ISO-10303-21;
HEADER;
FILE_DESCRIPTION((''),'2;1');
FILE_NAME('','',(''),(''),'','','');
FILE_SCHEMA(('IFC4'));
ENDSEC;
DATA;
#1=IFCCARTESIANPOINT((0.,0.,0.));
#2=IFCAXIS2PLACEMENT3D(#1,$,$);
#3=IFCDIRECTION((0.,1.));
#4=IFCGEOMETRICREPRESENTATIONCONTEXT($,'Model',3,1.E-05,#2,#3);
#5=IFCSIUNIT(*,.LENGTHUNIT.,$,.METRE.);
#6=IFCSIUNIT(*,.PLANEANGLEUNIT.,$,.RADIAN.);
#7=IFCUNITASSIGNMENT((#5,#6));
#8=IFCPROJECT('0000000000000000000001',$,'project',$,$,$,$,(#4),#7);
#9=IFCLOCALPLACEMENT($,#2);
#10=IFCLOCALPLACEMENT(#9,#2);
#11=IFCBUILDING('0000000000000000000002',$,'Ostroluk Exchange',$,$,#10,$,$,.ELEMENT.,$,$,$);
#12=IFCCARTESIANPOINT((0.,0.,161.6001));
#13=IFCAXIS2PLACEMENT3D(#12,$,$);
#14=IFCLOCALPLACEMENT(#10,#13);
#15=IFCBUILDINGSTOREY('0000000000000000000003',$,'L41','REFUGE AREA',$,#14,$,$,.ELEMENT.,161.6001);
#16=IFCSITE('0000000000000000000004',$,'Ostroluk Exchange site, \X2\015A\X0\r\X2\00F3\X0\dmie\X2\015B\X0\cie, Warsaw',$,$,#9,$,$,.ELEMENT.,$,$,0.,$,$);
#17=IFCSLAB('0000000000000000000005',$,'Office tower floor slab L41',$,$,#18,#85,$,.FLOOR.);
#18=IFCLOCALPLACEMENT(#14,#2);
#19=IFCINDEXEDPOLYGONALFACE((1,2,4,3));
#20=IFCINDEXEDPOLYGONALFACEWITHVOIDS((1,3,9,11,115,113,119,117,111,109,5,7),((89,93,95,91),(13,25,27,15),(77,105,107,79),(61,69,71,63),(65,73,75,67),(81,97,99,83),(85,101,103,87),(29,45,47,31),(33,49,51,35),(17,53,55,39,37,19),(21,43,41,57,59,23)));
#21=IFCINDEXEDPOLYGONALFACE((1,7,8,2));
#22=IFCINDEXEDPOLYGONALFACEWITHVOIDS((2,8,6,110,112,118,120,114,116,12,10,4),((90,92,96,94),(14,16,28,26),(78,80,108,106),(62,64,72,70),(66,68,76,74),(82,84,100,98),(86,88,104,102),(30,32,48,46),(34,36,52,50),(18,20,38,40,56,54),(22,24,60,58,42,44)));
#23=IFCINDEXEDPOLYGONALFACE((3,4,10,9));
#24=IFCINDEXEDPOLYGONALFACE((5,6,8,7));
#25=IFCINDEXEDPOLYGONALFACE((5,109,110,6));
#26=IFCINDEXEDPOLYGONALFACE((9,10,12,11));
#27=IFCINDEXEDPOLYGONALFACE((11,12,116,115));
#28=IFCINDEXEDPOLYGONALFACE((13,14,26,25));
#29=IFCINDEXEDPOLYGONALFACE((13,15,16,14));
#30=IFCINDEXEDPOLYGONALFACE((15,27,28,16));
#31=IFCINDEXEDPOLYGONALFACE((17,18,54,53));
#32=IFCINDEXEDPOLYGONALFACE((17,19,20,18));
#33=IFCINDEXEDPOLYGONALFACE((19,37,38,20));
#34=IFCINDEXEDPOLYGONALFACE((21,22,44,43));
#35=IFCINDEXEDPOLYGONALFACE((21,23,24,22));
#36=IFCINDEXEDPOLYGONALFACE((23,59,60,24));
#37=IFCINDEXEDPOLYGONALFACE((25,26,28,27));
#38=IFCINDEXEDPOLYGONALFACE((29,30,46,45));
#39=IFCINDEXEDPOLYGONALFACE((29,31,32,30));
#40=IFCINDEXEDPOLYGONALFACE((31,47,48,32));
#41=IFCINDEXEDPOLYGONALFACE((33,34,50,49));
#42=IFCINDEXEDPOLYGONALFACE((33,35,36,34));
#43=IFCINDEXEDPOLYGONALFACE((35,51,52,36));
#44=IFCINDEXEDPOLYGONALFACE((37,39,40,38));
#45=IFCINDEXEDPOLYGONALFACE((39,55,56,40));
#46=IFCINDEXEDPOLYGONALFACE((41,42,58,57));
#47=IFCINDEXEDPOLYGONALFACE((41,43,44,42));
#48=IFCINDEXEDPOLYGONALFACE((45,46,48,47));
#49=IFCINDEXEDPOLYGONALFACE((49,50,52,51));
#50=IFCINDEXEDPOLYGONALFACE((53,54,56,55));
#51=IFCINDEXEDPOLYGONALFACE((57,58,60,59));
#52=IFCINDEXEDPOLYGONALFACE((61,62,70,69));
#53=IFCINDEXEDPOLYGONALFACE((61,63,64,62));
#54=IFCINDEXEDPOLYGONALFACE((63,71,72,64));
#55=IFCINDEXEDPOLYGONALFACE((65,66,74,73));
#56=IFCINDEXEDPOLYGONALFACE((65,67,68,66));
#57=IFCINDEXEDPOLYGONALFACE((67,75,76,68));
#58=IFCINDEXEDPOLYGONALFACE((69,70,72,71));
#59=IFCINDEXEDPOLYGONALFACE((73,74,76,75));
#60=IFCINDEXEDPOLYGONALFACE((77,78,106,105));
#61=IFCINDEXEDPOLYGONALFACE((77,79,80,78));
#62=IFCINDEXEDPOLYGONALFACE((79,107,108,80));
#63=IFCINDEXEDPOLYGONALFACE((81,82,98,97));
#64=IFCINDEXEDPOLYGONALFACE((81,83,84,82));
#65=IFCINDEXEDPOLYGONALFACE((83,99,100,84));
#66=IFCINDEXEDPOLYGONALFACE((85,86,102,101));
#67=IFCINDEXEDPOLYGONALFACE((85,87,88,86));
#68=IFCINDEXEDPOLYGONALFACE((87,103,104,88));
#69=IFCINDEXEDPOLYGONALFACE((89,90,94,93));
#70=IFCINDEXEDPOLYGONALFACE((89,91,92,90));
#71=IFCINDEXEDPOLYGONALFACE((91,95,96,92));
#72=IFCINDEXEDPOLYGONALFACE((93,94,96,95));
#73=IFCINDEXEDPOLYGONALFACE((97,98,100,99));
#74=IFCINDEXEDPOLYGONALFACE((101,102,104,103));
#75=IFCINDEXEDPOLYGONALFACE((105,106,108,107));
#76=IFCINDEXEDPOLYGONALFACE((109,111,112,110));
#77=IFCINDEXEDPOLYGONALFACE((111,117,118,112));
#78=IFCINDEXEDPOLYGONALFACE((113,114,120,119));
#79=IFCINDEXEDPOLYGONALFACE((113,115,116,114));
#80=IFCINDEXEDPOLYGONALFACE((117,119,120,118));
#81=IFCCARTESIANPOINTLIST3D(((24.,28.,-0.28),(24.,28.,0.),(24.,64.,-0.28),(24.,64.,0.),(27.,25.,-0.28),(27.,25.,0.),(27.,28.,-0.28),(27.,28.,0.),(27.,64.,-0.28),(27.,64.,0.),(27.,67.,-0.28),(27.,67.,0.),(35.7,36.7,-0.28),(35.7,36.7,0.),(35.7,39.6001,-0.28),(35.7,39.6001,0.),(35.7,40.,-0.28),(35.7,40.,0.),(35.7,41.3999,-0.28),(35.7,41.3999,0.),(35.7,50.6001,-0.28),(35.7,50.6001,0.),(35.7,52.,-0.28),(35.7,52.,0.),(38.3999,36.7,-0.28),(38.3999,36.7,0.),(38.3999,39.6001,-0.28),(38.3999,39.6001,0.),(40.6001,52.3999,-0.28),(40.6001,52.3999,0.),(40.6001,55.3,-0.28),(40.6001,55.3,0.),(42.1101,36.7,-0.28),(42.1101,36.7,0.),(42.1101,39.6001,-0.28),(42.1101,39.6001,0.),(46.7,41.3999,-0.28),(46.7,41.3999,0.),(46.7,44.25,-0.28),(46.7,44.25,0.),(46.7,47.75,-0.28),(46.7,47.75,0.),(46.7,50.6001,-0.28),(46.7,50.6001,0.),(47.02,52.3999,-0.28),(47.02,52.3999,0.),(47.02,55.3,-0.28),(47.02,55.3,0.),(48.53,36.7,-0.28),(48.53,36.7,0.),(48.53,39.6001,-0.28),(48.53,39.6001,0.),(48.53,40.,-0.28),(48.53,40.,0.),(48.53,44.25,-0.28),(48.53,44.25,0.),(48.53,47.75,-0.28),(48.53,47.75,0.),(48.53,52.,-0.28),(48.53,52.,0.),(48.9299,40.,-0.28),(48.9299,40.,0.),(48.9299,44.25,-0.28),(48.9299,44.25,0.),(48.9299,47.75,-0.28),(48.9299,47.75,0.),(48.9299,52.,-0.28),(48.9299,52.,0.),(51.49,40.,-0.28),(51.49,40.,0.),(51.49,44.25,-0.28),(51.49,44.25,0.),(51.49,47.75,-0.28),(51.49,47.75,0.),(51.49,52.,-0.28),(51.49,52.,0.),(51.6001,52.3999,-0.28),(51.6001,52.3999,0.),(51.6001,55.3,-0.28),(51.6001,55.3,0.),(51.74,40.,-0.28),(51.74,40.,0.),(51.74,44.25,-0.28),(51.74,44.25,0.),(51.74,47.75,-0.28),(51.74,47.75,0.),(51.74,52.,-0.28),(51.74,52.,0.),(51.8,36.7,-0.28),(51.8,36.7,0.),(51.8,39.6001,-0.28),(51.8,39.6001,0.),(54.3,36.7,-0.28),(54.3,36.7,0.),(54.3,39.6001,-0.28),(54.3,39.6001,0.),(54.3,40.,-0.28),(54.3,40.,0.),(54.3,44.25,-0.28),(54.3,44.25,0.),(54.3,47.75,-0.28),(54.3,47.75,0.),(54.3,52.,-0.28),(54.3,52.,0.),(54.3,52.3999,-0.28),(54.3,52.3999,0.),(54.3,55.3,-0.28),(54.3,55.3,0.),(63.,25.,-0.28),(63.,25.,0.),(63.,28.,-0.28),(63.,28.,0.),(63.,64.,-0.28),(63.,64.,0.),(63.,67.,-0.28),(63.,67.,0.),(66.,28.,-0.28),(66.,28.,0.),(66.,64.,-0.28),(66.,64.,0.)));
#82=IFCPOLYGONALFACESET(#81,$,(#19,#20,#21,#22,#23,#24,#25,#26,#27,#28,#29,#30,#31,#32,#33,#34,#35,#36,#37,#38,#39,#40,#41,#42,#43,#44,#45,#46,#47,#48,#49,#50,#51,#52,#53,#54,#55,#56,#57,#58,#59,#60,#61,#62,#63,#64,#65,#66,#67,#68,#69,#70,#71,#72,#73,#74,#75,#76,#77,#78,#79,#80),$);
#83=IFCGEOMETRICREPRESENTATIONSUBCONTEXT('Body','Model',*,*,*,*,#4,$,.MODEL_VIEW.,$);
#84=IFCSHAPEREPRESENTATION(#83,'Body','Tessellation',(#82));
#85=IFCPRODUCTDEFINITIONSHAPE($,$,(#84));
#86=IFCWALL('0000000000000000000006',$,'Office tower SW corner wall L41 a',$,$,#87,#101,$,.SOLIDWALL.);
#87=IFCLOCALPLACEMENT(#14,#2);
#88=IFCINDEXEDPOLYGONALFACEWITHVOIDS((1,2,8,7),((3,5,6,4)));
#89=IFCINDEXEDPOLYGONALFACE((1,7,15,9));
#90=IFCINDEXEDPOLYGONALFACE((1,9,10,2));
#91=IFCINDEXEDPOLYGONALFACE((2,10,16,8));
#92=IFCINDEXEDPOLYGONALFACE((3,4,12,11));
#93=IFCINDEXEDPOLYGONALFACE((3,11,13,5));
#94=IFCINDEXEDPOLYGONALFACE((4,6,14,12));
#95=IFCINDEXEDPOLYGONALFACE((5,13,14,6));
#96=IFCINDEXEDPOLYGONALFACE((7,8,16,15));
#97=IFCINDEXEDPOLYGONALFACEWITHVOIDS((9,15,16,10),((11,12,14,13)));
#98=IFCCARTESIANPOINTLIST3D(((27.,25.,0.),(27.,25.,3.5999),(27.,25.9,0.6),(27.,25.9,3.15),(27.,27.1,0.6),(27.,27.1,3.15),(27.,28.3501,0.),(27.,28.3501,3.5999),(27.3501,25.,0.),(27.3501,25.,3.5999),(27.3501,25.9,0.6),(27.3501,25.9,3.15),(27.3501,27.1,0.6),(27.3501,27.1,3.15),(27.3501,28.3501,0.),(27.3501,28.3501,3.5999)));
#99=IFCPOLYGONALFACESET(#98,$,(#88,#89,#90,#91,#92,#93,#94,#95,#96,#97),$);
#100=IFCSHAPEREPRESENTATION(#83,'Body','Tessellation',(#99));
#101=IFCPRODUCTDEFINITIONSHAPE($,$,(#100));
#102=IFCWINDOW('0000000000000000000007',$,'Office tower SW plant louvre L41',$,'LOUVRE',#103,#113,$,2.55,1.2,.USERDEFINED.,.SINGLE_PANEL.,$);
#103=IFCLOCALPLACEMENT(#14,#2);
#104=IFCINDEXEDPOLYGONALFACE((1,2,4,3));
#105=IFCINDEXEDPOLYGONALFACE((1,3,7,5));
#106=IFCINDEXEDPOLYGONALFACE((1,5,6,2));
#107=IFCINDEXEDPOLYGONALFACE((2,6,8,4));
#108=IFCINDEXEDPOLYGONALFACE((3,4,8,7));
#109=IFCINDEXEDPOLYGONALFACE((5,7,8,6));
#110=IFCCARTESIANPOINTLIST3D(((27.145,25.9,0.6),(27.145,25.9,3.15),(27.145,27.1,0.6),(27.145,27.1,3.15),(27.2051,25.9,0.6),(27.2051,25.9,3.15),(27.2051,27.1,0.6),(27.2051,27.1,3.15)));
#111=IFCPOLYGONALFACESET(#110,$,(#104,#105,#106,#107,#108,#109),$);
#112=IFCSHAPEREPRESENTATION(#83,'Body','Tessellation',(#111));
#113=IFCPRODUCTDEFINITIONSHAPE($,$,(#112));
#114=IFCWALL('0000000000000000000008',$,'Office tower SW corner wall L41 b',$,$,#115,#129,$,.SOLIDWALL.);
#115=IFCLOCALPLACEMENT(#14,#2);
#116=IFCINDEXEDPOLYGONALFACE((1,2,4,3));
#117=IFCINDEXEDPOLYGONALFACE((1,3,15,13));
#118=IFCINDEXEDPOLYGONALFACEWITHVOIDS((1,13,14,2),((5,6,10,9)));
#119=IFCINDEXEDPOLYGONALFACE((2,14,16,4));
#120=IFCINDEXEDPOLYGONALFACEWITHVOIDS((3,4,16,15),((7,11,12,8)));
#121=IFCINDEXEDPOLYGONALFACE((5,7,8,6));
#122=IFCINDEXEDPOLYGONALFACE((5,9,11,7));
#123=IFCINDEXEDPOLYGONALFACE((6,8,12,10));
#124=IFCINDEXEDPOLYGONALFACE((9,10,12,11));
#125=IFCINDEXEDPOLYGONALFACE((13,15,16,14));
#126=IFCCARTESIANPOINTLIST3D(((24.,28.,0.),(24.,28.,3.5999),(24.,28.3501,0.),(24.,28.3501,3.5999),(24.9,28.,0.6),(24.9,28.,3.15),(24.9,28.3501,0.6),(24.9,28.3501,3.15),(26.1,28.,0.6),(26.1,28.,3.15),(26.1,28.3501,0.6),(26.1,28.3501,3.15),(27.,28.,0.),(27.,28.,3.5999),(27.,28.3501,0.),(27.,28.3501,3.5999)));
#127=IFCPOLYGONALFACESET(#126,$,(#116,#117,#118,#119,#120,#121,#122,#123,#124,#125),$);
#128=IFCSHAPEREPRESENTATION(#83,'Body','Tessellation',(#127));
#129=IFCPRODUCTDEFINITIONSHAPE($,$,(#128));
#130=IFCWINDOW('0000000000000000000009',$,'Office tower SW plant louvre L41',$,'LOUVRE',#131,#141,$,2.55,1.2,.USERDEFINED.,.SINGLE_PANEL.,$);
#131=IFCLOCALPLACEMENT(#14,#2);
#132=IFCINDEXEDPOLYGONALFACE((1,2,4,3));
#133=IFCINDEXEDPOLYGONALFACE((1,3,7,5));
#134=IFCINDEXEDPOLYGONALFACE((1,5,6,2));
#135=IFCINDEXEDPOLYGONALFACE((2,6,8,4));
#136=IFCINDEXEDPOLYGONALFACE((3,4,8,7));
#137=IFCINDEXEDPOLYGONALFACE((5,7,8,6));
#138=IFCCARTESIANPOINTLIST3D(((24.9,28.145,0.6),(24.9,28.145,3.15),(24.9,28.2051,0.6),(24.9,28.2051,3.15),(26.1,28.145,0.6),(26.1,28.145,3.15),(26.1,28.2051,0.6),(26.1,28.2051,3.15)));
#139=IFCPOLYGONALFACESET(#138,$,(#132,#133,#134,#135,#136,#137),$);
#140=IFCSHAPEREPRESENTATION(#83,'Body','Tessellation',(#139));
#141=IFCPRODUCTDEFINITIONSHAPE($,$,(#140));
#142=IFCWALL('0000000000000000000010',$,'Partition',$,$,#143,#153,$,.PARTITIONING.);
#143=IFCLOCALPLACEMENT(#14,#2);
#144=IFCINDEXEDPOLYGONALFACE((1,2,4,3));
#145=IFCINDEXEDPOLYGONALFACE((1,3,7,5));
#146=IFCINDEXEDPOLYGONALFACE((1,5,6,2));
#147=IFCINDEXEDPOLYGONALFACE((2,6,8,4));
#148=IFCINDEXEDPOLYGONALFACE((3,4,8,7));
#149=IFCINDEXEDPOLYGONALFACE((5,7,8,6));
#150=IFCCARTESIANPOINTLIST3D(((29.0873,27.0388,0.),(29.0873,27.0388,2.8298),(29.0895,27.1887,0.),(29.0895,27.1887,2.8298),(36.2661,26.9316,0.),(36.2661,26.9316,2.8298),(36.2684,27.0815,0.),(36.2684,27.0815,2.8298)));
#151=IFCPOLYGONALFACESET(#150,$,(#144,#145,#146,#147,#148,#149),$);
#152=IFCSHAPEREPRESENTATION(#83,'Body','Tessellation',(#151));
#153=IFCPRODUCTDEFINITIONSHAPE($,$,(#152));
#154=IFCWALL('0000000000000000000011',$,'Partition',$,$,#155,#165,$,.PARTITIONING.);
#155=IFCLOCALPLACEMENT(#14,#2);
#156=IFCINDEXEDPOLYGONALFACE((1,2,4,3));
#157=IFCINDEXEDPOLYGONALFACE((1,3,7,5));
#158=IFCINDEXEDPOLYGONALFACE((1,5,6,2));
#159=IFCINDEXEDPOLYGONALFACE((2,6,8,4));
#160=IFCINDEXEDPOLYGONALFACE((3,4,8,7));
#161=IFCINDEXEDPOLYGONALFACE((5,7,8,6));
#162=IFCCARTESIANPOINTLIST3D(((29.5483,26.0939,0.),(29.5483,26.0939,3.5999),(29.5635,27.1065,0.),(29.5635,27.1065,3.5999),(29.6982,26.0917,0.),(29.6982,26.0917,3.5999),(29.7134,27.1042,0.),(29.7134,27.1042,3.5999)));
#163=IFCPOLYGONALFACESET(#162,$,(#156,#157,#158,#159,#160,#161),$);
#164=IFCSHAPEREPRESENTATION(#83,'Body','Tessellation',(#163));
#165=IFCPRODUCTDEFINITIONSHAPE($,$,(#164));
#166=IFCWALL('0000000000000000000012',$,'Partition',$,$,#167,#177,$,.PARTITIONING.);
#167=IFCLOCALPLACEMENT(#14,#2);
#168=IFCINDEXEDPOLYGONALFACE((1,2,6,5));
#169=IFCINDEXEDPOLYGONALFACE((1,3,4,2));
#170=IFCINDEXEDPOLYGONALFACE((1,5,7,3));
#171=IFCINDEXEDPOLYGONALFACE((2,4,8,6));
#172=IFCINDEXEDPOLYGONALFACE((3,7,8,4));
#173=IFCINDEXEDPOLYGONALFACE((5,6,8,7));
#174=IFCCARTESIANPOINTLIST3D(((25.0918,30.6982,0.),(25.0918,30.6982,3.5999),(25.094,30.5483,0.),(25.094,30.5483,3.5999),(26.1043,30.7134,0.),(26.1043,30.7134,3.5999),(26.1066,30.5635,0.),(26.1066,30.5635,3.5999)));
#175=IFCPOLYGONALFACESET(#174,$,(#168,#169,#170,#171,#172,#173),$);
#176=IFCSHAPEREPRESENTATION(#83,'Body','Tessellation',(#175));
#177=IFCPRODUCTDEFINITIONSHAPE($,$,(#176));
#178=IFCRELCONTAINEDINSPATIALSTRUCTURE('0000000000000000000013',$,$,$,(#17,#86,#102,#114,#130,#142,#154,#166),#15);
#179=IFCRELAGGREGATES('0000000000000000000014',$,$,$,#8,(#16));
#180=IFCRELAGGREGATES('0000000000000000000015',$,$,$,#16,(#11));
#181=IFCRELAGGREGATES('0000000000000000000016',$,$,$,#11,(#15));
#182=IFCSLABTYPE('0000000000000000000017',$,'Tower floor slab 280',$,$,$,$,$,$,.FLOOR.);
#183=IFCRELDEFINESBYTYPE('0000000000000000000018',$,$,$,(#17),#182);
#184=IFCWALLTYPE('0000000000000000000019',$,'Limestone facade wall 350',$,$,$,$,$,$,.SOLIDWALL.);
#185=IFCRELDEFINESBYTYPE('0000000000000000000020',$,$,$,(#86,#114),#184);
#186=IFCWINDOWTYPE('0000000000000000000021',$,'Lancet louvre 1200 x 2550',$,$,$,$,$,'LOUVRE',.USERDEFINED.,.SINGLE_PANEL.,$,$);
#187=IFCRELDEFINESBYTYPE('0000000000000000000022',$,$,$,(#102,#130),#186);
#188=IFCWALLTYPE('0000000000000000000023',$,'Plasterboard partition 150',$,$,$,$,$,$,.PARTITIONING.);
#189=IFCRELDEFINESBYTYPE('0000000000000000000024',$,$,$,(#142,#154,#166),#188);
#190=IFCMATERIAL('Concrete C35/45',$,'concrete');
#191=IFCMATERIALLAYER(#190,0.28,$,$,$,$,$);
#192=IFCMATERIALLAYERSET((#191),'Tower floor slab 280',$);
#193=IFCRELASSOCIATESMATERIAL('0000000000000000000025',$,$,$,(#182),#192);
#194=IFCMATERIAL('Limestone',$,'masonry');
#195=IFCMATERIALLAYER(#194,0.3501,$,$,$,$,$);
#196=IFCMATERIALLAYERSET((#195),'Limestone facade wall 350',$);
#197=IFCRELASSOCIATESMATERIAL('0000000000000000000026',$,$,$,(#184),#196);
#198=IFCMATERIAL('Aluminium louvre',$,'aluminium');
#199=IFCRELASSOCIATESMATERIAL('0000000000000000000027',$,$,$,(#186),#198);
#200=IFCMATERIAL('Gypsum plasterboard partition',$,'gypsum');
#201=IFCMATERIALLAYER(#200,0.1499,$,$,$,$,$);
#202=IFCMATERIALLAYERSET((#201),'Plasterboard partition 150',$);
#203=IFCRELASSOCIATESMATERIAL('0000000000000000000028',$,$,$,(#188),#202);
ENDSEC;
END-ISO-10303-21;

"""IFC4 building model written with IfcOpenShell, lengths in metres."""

from ifc_helpers import new_model, si_unit, direction, frame, frame_2d, origin, place, context, subcontext, project, spatial, polyline, rectangle, outline, extrude, material, layer, layer_set, type_object, element, fill, save


model = new_model("IFC4")

# Units and contexts
model_context = context("Model", 3, precision=1e-05, world=origin(), true_north=direction((0.0, 1.0)))
body_context = subcontext(model_context, "Body", "Model", "MODEL_VIEW")
ifc_project = project(units=[si_unit("LENGTHUNIT", "METRE"), si_unit("PLANEANGLEUNIT", "RADIAN")], contexts=[model_context])

# Site, building, storey
site_placement = place(None, origin())
site = spatial("IfcSite", under=ifc_project, at=site_placement, Name="Ostroluk Exchange site, Śródmieście, Warsaw", CompositionType="ELEMENT", RefElevation=0.0)
building_placement = place(site_placement, origin())
building = spatial("IfcBuilding", under=site, at=building_placement, Name="Ostroluk Exchange", CompositionType="ELEMENT")
storey_placement = place(building_placement, frame((0.0, 0.0, 161.6001)))
storey = spatial("IfcBuildingStorey", under=building, at=storey_placement, Name="L41", Description="REFUGE AREA", CompositionType="ELEMENT", Elevation=161.6001)

# Slab
ifc_material_1 = material(Name="Concrete C35/45", Category="concrete")
ifc_layer_1 = layer(ifc_material_1, 0.28)
ifc_layer_set_1 = layer_set([ifc_layer_1], Name="Tower floor slab 280")
slab_type_1 = type_object("IfcSlabType", Name="Tower floor slab 280", PredefinedType="FLOOR", material=ifc_layer_set_1)
slab_1_placement = place(storey_placement, frame((0.0, 0.0, -0.28)))
element("IfcSlab", 1, at=slab_1_placement, inside=storey, type_object=slab_type_1, Name="Office tower floor slab L41", PredefinedType="FLOOR", context=body_context, shape_type="SweptSolid", body=[
    extrude(outline(polyline([(27.0, 25.0), (63.0, 25.0), (63.0, 28.0), (66.0, 28.0), (66.0, 64.0), (63.0, 64.0), (63.0, 67.0), (27.0, 67.0), (27.0, 64.0), (24.0, 64.0), (24.0, 28.0), (27.0, 28.0), (27.0, 25.0)]), holes=[polyline([(35.7, 36.7), (38.3999, 36.7), (38.3999, 39.6001), (35.7, 39.6001), (35.7, 36.7)]), polyline([(42.1101, 36.7), (48.53, 36.7), (48.53, 39.6001), (42.1101, 39.6001), (42.1101, 36.7)]), polyline([(51.8, 36.7), (54.3, 36.7), (54.3, 39.6001), (51.8, 39.6001), (51.8, 36.7)]), polyline([(40.6001, 52.3999), (47.02, 52.3999), (47.02, 55.3), (40.6001, 55.3), (40.6001, 52.3999)]), polyline([(51.6001, 52.3999), (54.3, 52.3999), (54.3, 55.3), (51.6001, 55.3), (51.6001, 52.3999)]), polyline([(48.9299, 47.75), (51.49, 47.75), (51.49, 52.0), (48.9299, 52.0), (48.9299, 47.75)]), polyline([(51.74, 47.75), (54.3, 47.75), (54.3, 52.0), (51.74, 52.0), (51.74, 47.75)]), polyline([(48.9299, 40.0), (51.49, 40.0), (51.49, 44.25), (48.9299, 44.25), (48.9299, 40.0)]), polyline([(51.74, 40.0), (54.3, 40.0), (54.3, 44.25), (51.74, 44.25), (51.74, 40.0)]), polyline([(48.53, 52.0), (48.53, 47.75), (46.7, 47.75), (46.7, 50.6001), (35.7, 50.6001), (35.7, 52.0), (48.53, 52.0)]), polyline([(35.7, 40.0), (35.7, 41.3999), (46.7, 41.3999), (46.7, 44.25), (48.53, 44.25), (48.53, 40.0), (35.7, 40.0)])]), origin(), (0.0, 0.0, 1.0), 0.28),
])

# Walls, openings, windows
ifc_material_2 = material(Name="Limestone", Category="masonry")
ifc_layer_2 = layer(ifc_material_2, 0.3501)
ifc_layer_set_2 = layer_set([ifc_layer_2], Name="Limestone facade wall 350")
wall_type_1 = type_object("IfcWallType", Name="Limestone facade wall 350", PredefinedType="SOLIDWALL", material=ifc_layer_set_2)
wall_1_placement = place(storey_placement, frame((27.175, 25.0, 0.0), z_axis=(0.0, 0.0, 1.0), x_axis=(0.0, 1.0, 0.0)))
wall_1 = element("IfcWall", 2, at=wall_1_placement, inside=storey, type_object=wall_type_1, Name="Office tower SW corner wall L41 a", PredefinedType="SOLIDWALL", context=body_context, shape_type="SweptSolid", body=[
    extrude(rectangle(XDim=3.3501, YDim=0.3501, at=frame_2d((1.675, 0.0))), origin(), (0.0, 0.0, 1.0), 3.5999),
])
opening_1_placement = place(wall_1_placement, frame((0.8999, 0.0, 0.6001)))
opening_1 = element("IfcOpeningElement", 3, at=opening_1_placement, cuts=wall_1, PredefinedType="OPENING", context=body_context, shape_type="SweptSolid", body=[
    extrude(rectangle(XDim=1.2, YDim=2.55, at=frame_2d((0.6001, 1.2749))), frame((0.0, 0.1851, 0.0), z_axis=(0.0, -1.0, 0.0), x_axis=(1.0, 0.0, 0.0)), (0.0, 0.0, 1.0), 0.3701),
])
ifc_material_3 = material(Name="Aluminium louvre", Category="aluminium")
window_type = type_object("IfcWindowType", Name="Lancet louvre 1200 x 2550", ElementType="LOUVRE", PartitioningType="SINGLE_PANEL", PredefinedType="USERDEFINED", material=ifc_material_3)
window_1_placement = place(opening_1_placement, origin())
window_1 = element("IfcWindow", 4, at=window_1_placement, inside=storey, type_object=window_type, Name="Office tower SW plant louvre L41", ObjectType="LOUVRE", OverallHeight=2.55, OverallWidth=1.2, PartitioningType="SINGLE_PANEL", PredefinedType="USERDEFINED", context=body_context, shape_type="SweptSolid", body=[
    extrude(rectangle(XDim=1.2, YDim=2.55, at=frame_2d((0.6001, 1.2749))), frame((0.0, 0.03, 0.0), z_axis=(0.0, -1.0, 0.0), x_axis=(1.0, 0.0, 0.0)), (0.0, 0.0, 1.0), 0.0601),
])
fill(opening_1, window_1)
wall_2_placement = place(storey_placement, frame((27.0, 28.175, 0.0), z_axis=(0.0, 0.0, 1.0), x_axis=(-1.0, 0.0, 0.0)))
wall_2 = element("IfcWall", 5, at=wall_2_placement, inside=storey, type_object=wall_type_1, Name="Office tower SW corner wall L41 b", PredefinedType="SOLIDWALL", context=body_context, shape_type="SweptSolid", body=[
    extrude(rectangle(XDim=3.0, YDim=0.3501, at=frame_2d((1.5, 0.0))), origin(), (0.0, 0.0, 1.0), 3.5999),
])
opening_2_placement = place(wall_2_placement, frame((0.8999, 0.0, 0.6001)))
opening_2 = element("IfcOpeningElement", 6, at=opening_2_placement, cuts=wall_2, PredefinedType="OPENING", context=body_context, shape_type="SweptSolid", body=[
    extrude(rectangle(XDim=1.2, YDim=2.55, at=frame_2d((0.6001, 1.2749))), frame((0.0, 0.1851, 0.0), z_axis=(0.0, -1.0, 0.0), x_axis=(1.0, 0.0, 0.0)), (0.0, 0.0, 1.0), 0.3701),
])
window_2_placement = place(opening_2_placement, origin())
window_2 = element("IfcWindow", 7, at=window_2_placement, inside=storey, type_object=window_type, Name="Office tower SW plant louvre L41", ObjectType="LOUVRE", OverallHeight=2.55, OverallWidth=1.2, PartitioningType="SINGLE_PANEL", PredefinedType="USERDEFINED", context=body_context, shape_type="SweptSolid", body=[
    extrude(rectangle(XDim=1.2, YDim=2.55, at=frame_2d((0.6001, 1.2749))), frame((0.0, 0.03, 0.0), z_axis=(0.0, -1.0, 0.0), x_axis=(1.0, 0.0, 0.0)), (0.0, 0.0, 1.0), 0.0601),
])
fill(opening_2, window_2)

# Walls
ifc_material_4 = material(Name="Gypsum plasterboard partition", Category="gypsum")
ifc_layer_3 = layer(ifc_material_4, 0.1499)
ifc_layer_set_3 = layer_set([ifc_layer_3], Name="Plasterboard partition 150")
wall_type_2 = type_object("IfcWallType", Name="Plasterboard partition 150", PredefinedType="PARTITIONING", material=ifc_layer_set_3)
wall_3_placement = place(storey_placement, frame((29.0884, 27.1138, 0.0), z_axis=(0.0, 0.0, 1.0), x_axis=(0.999889, -0.014928, 0.0)))
element("IfcWall", 8, at=wall_3_placement, inside=storey, type_object=wall_type_2, Name="Partition", PredefinedType="PARTITIONING", context=body_context, shape_type="SweptSolid", body=[
    extrude(rectangle(XDim=7.1797, YDim=0.1499, at=frame_2d((3.5898, 0.0))), origin(), (0.0, 0.0, 1.0), 2.8298),
])
for number, where, z_axis, x_axis, name in (
    (9, (29.6233, 26.0928, 0.0), (0.0, 0.0, 1.0), (0.014945, 0.999888, 0.0), "Partition"),
    (10, (26.1055, 30.6384, 0.0), (0.0, 0.0, 1.0), (-0.999888, -0.014945, 0.0), "Partition"),
):
    element("IfcWall", number, at=place(storey_placement, frame(where, z_axis=z_axis, x_axis=x_axis)), inside=storey, type_object=wall_type_2, Name=name, PredefinedType="PARTITIONING", context=body_context, shape_type="SweptSolid", body=[
        extrude(rectangle(XDim=1.0127, YDim=0.1499, at=frame_2d((0.5063, 0.0))), origin(), (0.0, 0.0, 1.0), 3.5999),
    ])

save(model, "model.ifc")
